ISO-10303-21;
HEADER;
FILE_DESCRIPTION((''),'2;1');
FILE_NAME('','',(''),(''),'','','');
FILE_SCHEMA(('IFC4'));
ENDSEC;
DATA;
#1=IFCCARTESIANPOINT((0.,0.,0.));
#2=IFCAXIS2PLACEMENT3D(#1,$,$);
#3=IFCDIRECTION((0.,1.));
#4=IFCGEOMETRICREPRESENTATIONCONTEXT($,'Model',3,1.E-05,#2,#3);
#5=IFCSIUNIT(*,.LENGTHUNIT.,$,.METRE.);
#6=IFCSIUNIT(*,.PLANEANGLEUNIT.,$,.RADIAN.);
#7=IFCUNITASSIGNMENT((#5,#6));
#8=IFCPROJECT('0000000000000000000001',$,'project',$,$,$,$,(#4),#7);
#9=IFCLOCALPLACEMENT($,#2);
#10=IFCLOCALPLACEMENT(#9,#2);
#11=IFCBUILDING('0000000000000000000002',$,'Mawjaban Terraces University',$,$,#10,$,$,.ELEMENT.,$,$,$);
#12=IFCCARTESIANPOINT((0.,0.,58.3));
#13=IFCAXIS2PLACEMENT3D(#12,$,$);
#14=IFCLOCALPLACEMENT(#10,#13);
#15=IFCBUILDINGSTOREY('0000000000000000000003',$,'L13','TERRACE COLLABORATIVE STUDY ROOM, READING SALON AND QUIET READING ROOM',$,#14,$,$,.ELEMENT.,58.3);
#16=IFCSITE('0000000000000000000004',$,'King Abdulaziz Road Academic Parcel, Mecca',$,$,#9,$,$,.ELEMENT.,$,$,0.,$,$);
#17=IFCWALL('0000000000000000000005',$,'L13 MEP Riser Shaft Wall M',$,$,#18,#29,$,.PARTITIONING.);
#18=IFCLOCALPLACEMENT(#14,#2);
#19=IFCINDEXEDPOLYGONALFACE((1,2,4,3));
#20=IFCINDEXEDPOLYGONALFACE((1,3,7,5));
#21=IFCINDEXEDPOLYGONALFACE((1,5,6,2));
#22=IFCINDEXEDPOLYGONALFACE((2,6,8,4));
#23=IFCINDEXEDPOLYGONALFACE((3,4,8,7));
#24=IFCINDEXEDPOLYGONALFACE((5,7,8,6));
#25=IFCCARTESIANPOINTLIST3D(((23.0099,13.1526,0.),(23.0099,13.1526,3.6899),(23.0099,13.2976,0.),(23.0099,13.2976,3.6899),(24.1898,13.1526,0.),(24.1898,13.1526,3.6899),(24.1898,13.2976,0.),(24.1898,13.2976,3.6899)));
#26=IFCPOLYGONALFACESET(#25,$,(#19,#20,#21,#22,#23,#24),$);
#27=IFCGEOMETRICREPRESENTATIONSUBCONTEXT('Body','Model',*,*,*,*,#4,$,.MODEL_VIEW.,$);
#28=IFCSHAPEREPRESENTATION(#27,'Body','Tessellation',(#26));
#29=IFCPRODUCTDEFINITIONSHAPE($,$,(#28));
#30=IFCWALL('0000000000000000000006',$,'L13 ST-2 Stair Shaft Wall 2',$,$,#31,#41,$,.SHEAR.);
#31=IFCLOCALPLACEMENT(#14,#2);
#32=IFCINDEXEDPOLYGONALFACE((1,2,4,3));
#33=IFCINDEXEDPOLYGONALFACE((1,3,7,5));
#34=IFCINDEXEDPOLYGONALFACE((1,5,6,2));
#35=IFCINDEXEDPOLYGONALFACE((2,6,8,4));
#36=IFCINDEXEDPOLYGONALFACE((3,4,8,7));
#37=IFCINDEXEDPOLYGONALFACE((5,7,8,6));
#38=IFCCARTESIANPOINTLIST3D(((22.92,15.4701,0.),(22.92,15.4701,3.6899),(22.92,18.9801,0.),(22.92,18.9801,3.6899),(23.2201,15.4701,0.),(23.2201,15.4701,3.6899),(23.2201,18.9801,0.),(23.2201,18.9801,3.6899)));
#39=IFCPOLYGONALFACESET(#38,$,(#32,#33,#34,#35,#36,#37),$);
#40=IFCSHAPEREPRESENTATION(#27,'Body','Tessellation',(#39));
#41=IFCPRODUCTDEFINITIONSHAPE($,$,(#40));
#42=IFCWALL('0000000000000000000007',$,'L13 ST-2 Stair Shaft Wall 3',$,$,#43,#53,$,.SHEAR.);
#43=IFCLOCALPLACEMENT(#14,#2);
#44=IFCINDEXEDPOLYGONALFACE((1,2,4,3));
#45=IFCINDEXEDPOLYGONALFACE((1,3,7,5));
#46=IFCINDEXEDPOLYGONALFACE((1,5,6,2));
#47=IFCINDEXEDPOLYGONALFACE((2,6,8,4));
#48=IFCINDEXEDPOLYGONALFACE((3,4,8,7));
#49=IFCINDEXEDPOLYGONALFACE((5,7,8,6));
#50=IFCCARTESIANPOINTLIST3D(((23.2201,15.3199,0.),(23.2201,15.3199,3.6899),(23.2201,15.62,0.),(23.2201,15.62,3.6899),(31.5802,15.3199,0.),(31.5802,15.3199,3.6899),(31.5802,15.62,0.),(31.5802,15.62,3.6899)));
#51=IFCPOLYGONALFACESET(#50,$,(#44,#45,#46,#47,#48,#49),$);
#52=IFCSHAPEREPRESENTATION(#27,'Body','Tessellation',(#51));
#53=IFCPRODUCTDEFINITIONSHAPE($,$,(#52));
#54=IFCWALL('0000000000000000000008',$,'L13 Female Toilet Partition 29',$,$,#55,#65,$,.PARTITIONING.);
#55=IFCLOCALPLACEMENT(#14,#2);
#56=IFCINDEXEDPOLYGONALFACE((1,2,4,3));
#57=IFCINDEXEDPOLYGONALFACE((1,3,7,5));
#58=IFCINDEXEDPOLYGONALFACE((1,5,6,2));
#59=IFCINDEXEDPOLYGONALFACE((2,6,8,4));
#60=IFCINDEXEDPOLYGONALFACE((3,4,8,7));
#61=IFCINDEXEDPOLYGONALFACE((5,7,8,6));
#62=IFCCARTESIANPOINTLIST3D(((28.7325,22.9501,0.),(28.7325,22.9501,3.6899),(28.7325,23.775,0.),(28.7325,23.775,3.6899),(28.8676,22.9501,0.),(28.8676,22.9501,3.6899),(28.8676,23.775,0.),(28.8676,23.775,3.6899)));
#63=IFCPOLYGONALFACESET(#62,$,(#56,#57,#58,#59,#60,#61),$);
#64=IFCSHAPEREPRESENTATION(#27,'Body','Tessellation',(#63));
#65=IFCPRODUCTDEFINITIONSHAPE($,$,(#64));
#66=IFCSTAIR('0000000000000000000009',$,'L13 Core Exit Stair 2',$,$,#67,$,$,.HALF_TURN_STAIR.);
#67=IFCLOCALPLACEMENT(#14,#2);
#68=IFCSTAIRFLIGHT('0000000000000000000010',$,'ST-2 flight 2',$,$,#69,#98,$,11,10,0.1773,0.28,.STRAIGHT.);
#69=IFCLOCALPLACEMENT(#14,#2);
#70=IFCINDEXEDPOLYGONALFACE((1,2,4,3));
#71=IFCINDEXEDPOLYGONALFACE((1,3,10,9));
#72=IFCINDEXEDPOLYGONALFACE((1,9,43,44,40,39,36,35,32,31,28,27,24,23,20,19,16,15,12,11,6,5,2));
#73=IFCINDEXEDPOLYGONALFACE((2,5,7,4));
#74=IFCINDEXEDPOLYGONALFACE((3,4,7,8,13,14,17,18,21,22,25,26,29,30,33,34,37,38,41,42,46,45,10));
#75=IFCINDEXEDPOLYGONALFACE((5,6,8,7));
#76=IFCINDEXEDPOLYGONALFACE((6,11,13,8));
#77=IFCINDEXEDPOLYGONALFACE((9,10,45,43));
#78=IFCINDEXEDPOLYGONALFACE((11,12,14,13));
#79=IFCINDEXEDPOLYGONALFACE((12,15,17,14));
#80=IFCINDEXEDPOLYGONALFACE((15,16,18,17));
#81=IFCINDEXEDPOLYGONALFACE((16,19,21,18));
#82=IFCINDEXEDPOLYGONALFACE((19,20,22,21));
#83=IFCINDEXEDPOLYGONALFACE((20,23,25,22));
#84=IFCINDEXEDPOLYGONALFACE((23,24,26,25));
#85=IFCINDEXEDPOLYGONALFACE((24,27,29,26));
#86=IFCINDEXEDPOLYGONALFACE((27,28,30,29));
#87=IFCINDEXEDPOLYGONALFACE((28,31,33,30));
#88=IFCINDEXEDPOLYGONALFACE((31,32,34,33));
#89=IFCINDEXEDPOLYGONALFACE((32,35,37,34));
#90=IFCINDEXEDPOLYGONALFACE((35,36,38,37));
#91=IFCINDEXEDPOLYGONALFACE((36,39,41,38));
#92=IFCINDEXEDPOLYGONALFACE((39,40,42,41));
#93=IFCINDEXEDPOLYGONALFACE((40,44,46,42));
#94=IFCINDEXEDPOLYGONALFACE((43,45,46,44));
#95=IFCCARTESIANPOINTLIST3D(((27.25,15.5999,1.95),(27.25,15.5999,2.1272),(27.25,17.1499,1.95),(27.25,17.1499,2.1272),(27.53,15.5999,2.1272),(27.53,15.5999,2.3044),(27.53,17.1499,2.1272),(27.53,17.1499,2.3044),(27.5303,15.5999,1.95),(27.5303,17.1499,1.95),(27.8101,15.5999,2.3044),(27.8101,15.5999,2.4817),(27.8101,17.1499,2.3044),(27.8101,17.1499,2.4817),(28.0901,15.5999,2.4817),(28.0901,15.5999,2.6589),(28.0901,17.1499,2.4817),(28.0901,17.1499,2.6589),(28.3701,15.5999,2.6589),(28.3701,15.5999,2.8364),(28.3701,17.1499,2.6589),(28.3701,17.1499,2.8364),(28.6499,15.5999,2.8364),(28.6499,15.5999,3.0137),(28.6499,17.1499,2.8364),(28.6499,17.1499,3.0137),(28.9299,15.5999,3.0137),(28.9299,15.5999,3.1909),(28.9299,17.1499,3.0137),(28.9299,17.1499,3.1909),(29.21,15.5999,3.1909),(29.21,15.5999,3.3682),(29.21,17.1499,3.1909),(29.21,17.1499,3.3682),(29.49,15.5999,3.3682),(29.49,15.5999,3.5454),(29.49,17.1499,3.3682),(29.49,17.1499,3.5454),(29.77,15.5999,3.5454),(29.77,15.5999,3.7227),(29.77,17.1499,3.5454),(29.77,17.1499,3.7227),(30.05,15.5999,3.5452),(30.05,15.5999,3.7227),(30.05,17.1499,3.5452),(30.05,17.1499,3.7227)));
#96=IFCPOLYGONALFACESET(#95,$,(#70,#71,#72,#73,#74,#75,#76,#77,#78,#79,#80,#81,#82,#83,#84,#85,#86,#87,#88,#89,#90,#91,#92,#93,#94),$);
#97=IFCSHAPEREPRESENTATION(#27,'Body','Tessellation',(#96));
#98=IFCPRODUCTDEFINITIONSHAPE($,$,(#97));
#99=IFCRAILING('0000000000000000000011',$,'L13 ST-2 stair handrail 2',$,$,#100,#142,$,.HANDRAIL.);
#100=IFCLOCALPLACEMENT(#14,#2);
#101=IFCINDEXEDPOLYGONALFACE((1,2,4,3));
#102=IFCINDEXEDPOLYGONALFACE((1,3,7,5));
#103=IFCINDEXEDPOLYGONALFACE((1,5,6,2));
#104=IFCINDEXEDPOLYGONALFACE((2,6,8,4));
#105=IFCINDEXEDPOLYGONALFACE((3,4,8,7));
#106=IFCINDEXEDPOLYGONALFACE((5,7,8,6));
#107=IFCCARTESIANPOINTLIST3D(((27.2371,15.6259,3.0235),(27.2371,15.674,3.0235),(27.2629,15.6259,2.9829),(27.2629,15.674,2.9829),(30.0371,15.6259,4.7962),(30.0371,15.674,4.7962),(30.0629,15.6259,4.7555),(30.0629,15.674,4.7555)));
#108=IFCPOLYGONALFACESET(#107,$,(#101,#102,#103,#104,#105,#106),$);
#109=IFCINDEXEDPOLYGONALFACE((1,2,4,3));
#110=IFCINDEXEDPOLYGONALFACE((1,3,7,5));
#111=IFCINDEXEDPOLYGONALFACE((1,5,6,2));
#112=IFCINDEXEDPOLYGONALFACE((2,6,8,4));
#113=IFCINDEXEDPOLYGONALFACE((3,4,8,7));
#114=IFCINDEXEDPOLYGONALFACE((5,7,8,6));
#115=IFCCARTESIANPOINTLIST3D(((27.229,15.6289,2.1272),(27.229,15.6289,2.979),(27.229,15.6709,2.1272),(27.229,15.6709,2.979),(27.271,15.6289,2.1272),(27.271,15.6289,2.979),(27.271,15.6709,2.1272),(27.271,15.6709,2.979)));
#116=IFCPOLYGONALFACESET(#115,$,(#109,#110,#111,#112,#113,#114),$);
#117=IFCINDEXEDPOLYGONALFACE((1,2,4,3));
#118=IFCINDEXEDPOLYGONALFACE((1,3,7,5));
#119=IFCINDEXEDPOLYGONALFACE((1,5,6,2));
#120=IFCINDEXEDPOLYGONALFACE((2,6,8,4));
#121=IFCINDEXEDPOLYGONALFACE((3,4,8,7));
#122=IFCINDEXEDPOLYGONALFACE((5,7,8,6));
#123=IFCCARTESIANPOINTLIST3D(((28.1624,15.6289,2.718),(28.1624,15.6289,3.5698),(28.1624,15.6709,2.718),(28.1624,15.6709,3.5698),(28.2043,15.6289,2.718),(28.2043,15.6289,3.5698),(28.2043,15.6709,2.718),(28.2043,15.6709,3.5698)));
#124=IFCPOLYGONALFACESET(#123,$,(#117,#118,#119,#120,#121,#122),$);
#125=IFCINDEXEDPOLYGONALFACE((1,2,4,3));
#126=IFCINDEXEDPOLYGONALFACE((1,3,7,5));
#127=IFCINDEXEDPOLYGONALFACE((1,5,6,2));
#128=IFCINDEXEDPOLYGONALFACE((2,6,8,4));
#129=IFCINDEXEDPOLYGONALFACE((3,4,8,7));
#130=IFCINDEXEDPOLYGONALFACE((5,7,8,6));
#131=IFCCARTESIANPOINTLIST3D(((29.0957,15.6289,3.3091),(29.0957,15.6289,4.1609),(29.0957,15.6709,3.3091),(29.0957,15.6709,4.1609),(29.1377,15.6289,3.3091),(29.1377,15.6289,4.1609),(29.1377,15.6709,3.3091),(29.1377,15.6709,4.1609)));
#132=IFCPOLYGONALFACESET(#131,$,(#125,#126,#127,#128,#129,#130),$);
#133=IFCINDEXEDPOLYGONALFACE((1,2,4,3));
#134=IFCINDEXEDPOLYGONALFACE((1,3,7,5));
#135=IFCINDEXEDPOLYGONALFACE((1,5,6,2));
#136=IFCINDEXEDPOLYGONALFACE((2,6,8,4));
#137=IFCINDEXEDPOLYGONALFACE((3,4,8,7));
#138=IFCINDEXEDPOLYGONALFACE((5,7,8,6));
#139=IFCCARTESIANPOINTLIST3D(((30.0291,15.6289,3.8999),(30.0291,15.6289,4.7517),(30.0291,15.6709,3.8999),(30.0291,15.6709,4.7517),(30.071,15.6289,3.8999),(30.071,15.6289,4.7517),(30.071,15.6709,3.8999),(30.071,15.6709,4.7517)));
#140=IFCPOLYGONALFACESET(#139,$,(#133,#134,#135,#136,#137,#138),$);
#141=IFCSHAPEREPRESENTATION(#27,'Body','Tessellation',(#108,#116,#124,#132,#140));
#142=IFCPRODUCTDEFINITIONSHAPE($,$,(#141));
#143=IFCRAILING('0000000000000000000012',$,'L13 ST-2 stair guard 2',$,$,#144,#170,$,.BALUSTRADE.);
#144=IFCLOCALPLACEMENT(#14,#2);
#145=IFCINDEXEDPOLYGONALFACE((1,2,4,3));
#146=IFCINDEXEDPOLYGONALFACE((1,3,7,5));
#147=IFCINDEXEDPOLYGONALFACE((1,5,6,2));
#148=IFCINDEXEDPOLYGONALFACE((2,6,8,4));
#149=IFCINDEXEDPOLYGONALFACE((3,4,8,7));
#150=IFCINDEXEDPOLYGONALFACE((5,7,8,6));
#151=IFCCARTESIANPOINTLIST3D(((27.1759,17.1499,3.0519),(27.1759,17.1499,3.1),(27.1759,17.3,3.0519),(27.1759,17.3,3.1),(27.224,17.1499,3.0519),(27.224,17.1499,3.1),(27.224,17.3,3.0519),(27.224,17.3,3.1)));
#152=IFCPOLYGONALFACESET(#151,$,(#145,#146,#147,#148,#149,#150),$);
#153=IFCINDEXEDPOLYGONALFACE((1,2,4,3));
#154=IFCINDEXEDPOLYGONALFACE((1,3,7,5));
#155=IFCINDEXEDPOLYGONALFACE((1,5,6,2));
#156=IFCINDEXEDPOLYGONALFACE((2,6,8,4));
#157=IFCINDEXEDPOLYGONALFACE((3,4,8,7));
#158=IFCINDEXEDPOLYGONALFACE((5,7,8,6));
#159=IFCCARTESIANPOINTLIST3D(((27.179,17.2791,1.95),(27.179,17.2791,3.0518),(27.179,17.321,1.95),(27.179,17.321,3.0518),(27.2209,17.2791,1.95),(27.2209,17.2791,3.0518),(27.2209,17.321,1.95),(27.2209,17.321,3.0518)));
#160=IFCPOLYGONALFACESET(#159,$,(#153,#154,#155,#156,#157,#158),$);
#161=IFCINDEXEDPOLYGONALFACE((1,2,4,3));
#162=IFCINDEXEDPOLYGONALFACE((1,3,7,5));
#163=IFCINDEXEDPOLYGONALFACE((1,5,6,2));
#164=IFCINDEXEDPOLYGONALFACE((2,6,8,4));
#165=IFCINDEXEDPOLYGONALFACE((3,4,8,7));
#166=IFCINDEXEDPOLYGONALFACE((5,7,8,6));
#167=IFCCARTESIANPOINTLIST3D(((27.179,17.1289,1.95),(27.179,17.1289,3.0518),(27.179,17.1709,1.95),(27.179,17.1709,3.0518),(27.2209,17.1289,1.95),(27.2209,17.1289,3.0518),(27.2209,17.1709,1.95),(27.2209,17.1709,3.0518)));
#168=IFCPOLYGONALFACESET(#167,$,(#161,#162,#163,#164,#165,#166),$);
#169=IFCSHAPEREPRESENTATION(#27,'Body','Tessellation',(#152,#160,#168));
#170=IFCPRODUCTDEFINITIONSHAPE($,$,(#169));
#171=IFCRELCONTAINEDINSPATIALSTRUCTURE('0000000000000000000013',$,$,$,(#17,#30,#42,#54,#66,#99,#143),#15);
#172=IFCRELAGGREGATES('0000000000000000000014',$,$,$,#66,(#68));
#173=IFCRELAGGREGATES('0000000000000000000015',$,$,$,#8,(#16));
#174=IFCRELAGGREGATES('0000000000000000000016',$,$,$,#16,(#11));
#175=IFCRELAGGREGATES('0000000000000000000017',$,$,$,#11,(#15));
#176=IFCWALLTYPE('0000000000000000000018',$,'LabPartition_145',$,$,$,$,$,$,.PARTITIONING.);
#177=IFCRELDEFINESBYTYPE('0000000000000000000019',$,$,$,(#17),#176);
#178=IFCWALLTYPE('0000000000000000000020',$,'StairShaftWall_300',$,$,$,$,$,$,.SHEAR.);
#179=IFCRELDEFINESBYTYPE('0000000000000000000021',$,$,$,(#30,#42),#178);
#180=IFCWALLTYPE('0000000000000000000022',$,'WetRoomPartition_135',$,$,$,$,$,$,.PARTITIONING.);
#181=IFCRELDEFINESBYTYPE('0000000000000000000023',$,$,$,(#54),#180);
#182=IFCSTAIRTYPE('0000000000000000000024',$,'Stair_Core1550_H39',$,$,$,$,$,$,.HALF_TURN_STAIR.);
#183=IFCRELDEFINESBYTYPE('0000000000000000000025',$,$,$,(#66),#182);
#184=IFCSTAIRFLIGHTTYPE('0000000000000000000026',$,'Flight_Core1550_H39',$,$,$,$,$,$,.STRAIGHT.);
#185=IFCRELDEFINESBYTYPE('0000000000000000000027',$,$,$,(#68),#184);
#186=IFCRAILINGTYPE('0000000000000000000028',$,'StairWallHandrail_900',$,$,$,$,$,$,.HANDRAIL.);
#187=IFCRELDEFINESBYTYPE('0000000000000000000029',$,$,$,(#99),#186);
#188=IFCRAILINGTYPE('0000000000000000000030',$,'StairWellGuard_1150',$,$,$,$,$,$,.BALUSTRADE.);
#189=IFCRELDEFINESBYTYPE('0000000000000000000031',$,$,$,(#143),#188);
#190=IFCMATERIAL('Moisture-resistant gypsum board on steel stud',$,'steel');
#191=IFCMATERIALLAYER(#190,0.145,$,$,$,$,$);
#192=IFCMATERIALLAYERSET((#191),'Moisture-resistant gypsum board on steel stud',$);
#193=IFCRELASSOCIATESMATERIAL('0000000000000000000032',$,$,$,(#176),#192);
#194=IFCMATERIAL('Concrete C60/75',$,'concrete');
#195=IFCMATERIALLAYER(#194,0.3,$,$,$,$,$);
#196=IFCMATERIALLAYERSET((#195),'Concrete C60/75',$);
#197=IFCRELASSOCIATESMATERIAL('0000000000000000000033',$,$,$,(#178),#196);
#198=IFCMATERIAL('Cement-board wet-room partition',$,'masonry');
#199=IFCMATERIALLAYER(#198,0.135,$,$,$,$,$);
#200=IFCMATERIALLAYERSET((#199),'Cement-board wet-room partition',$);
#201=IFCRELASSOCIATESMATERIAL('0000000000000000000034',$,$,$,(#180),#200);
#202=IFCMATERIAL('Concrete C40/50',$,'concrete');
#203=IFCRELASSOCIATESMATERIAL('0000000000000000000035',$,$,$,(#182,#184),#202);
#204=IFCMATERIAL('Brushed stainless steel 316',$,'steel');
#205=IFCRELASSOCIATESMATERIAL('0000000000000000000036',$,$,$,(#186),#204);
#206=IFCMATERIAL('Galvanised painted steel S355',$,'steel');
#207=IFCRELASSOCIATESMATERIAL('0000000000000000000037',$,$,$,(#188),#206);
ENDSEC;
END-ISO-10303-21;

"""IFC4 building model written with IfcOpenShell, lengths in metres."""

from ifc_helpers import new_model, si_unit, direction, frame, frame_2d, origin, origin_2d, place, context, subcontext, project, spatial, polyline, rectangle, outline, extrude, material, layer, layer_set, type_object, element, aggregate, save


model = new_model("IFC4")

# Units and contexts
model_context = context("Model", 3, precision=1e-05, world=origin(), true_north=direction((0.0, 1.0)))
body_context = subcontext(model_context, "Body", "Model", "MODEL_VIEW")
ifc_project = project(units=[si_unit("LENGTHUNIT", "METRE"), si_unit("PLANEANGLEUNIT", "RADIAN")], contexts=[model_context])

# Site, building, storey
site_placement = place(None, origin())
site = spatial("IfcSite", under=ifc_project, at=site_placement, Name="King Abdulaziz Road Academic Parcel, Mecca", CompositionType="ELEMENT", RefElevation=0.0)
building_placement = place(site_placement, origin())
building = spatial("IfcBuilding", under=site, at=building_placement, Name="Mawjaban Terraces University", CompositionType="ELEMENT")
storey_placement = place(building_placement, frame((0.0, 0.0, 58.3)))
storey = spatial("IfcBuildingStorey", under=building, at=storey_placement, Name="L13", Description="TERRACE COLLABORATIVE STUDY ROOM, READING SALON AND QUIET READING ROOM", CompositionType="ELEMENT", Elevation=58.3)

# Walls
ifc_material_1 = material(Name="Concrete C40/50", Category="concrete")
ifc_material_2 = material(Name="Moisture-resistant gypsum board on steel stud", Category="steel")
ifc_layer_1 = layer(ifc_material_2, 0.145)
ifc_layer_set_1 = layer_set([ifc_layer_1], Name="Moisture-resistant gypsum board on steel stud")
wall_type_1 = type_object("IfcWallType", Name="LabPartition_145", PredefinedType="PARTITIONING", material=ifc_layer_set_1)
wall_1_placement = place(storey_placement, frame((23.01, 13.2251, 0.0), z_axis=(0.0, 0.0, 1.0), x_axis=(1.0, 0.0, 0.0)))
element("IfcWall", 1, at=wall_1_placement, inside=storey, type_object=wall_type_1, Name="L13 MEP Riser Shaft Wall M", PredefinedType="PARTITIONING", context=body_context, shape_type="SweptSolid", body=[
    extrude(rectangle(XDim=1.1799, YDim=0.145, at=frame_2d((0.5898, 0.0))), origin(), (0.0, 0.0, 1.0), 3.6899),
])
ifc_material_3 = material(Name="Concrete C60/75", Category="concrete")
ifc_layer_2 = layer(ifc_material_3, 0.3)
ifc_layer_set_2 = layer_set([ifc_layer_2], Name="Concrete C60/75")
wall_type_2 = type_object("IfcWallType", Name="StairShaftWall_300", PredefinedType="SHEAR", material=ifc_layer_set_2)
wall_2_placement = place(storey_placement, frame((23.0701, 18.98, 0.0), z_axis=(0.0, 0.0, 1.0), x_axis=(0.0, -1.0, 0.0)))
element("IfcWall", 2, at=wall_2_placement, inside=storey, type_object=wall_type_2, Name="L13 ST-2 Stair Shaft Wall 2", PredefinedType="SHEAR", context=body_context, shape_type="SweptSolid", body=[
    extrude(rectangle(XDim=3.51, YDim=0.3, at=frame_2d((1.7549, 0.0))), origin(), (0.0, 0.0, 1.0), 3.6899),
])
wall_3_placement = place(storey_placement, frame((23.22, 15.47, 0.0), z_axis=(0.0, 0.0, 1.0), x_axis=(1.0, 0.0, 0.0)))
element("IfcWall", 3, at=wall_3_placement, inside=storey, type_object=wall_type_2, Name="L13 ST-2 Stair Shaft Wall 3", PredefinedType="SHEAR", context=body_context, shape_type="SweptSolid", body=[
    extrude(rectangle(XDim=8.3601, YDim=0.3, at=frame_2d((4.1802, 0.0))), origin(), (0.0, 0.0, 1.0), 3.6899),
])
ifc_material_4 = material(Name="Cement-board wet-room partition", Category="masonry")
ifc_layer_3 = layer(ifc_material_4, 0.135)
ifc_layer_set_3 = layer_set([ifc_layer_3], Name="Cement-board wet-room partition")
wall_type_3 = type_object("IfcWallType", Name="WetRoomPartition_135", PredefinedType="PARTITIONING", material=ifc_layer_set_3)
wall_4_placement = place(storey_placement, frame((28.8, 22.95, 0.0), z_axis=(0.0, 0.0, 1.0), x_axis=(0.0, 1.0, 0.0)))
element("IfcWall", 4, at=wall_4_placement, inside=storey, type_object=wall_type_3, Name="L13 Female Toilet Partition 29", PredefinedType="PARTITIONING", context=body_context, shape_type="SweptSolid", body=[
    extrude(rectangle(XDim=0.825, YDim=0.135, at=frame_2d((0.4126, 0.0))), origin(), (0.0, 0.0, 1.0), 3.6899),
])

# Stair, stair flight
stair_type = type_object("IfcStairType", Name="Stair_Core1550_H39", PredefinedType="HALF_TURN_STAIR", material=ifc_material_1)
stair_placement = place(storey_placement, origin())
stair = element("IfcStair", 5, at=stair_placement, inside=storey, type_object=stair_type, Name="L13 Core Exit Stair 2", PredefinedType="HALF_TURN_STAIR")
stair_flight_type = type_object("IfcStairFlightType", Name="Flight_Core1550_H39", PredefinedType="STRAIGHT", material=ifc_material_1)
stair_flight_placement = place(storey_placement, frame((27.25, 16.375, 1.95), z_axis=(0.0, 0.0, 1.0), x_axis=(1.0, 0.0, 0.0)))
stair_flight = element("IfcStairFlight", 6, at=stair_flight_placement, type_object=stair_flight_type, Name="ST-2 flight 2", NumberOfRisers=11, NumberOfTreads=10, PredefinedType="STRAIGHT", RiserHeight=0.1773, TreadLength=0.28, context=body_context, shape_type="SweptSolid", body=[
    extrude(outline(polyline([(0.0, 0.0), (0.0, 0.1772), (0.28, 0.1772), (0.28, 0.3545), (0.5601, 0.3545), (0.5601, 0.5317), (0.8401, 0.5317), (0.8401, 0.709), (1.1201, 0.709), (1.1201, 0.8865), (1.3999, 0.8865), (1.3999, 1.0637), (1.6799, 1.0637), (1.6799, 1.241), (1.96, 1.241), (1.96, 1.4182), (2.24, 1.4182), (2.24, 1.5955), (2.52, 1.5955), (2.52, 1.7727), (2.8, 1.7727), (2.8, 1.95), (2.8, 1.5952), (0.2803, 0.0), (0.0, 0.0)])), frame((0.0, 0.7749, 0.0), z_axis=(0.0, -1.0, 0.0), x_axis=(1.0, 0.0, 0.0)), (0.0, 0.0, 1.0), 1.55),
])
aggregate(stair, [stair_flight])

# Railings
ifc_material_5 = material(Name="Brushed stainless steel 316", Category="steel")
railing_type_1 = type_object("IfcRailingType", Name="StairWallHandrail_900", PredefinedType="HANDRAIL", material=ifc_material_5)
railing_1_placement = place(storey_placement, frame((27.25, 15.6499, 2.1272)))
element("IfcRailing", 7, at=railing_1_placement, inside=storey, type_object=railing_type_1, Name="L13 ST-2 stair handrail 2", PredefinedType="HANDRAIL", context=body_context, shape_type="SweptSolid", body=[
    extrude(rectangle(XDim=0.0481, YDim=0.0481, at=origin_2d()), frame((0.0, 0.0, 0.876), z_axis=(0.844909, 0.0, 0.53491), x_axis=(0.0, 1.0, 0.0)), (0.0, 0.0, 1.0), 3.314),
    extrude(rectangle(XDim=0.042, YDim=0.042, at=origin_2d()), origin(), (0.0, 0.0, 1.0), 0.8518),
    extrude(rectangle(XDim=0.042, YDim=0.042, at=origin_2d()), frame((0.9333, 0.0, 0.5908)), (0.0, 0.0, 1.0), 0.8518),
    extrude(rectangle(XDim=0.042, YDim=0.042, at=origin_2d()), frame((1.8667, 0.0, 1.1819)), (0.0, 0.0, 1.0), 0.8518),
    extrude(rectangle(XDim=0.042, YDim=0.042, at=origin_2d()), frame((2.8, 0.0, 1.7727)), (0.0, 0.0, 1.0), 0.8518),
])
ifc_material_6 = material(Name="Galvanised painted steel S355", Category="steel")
railing_type_2 = type_object("IfcRailingType", Name="StairWellGuard_1150", PredefinedType="BALUSTRADE", material=ifc_material_6)
railing_2_placement = place(storey_placement, frame((27.2, 17.3, 1.95)))
element("IfcRailing", 8, at=railing_2_placement, inside=storey, type_object=railing_type_2, Name="L13 ST-2 stair guard 2", PredefinedType="BALUSTRADE", context=body_context, shape_type="SweptSolid", body=[
    extrude(rectangle(XDim=0.0481, YDim=0.0481, at=origin_2d()), frame((0.0, 0.0, 1.126), z_axis=(0.0, -1.0, 0.0), x_axis=(1.0, 0.0, 0.0)), (0.0, 0.0, 1.0), 0.1501),
    extrude(rectangle(XDim=0.042, YDim=0.042, at=origin_2d()), origin(), (0.0, 0.0, 1.0), 1.1018),
    extrude(rectangle(XDim=0.042, YDim=0.042, at=origin_2d()), frame((0.0, -0.1501, 0.0)), (0.0, 0.0, 1.0), 1.1018),
])

save(model, "model.ifc")
